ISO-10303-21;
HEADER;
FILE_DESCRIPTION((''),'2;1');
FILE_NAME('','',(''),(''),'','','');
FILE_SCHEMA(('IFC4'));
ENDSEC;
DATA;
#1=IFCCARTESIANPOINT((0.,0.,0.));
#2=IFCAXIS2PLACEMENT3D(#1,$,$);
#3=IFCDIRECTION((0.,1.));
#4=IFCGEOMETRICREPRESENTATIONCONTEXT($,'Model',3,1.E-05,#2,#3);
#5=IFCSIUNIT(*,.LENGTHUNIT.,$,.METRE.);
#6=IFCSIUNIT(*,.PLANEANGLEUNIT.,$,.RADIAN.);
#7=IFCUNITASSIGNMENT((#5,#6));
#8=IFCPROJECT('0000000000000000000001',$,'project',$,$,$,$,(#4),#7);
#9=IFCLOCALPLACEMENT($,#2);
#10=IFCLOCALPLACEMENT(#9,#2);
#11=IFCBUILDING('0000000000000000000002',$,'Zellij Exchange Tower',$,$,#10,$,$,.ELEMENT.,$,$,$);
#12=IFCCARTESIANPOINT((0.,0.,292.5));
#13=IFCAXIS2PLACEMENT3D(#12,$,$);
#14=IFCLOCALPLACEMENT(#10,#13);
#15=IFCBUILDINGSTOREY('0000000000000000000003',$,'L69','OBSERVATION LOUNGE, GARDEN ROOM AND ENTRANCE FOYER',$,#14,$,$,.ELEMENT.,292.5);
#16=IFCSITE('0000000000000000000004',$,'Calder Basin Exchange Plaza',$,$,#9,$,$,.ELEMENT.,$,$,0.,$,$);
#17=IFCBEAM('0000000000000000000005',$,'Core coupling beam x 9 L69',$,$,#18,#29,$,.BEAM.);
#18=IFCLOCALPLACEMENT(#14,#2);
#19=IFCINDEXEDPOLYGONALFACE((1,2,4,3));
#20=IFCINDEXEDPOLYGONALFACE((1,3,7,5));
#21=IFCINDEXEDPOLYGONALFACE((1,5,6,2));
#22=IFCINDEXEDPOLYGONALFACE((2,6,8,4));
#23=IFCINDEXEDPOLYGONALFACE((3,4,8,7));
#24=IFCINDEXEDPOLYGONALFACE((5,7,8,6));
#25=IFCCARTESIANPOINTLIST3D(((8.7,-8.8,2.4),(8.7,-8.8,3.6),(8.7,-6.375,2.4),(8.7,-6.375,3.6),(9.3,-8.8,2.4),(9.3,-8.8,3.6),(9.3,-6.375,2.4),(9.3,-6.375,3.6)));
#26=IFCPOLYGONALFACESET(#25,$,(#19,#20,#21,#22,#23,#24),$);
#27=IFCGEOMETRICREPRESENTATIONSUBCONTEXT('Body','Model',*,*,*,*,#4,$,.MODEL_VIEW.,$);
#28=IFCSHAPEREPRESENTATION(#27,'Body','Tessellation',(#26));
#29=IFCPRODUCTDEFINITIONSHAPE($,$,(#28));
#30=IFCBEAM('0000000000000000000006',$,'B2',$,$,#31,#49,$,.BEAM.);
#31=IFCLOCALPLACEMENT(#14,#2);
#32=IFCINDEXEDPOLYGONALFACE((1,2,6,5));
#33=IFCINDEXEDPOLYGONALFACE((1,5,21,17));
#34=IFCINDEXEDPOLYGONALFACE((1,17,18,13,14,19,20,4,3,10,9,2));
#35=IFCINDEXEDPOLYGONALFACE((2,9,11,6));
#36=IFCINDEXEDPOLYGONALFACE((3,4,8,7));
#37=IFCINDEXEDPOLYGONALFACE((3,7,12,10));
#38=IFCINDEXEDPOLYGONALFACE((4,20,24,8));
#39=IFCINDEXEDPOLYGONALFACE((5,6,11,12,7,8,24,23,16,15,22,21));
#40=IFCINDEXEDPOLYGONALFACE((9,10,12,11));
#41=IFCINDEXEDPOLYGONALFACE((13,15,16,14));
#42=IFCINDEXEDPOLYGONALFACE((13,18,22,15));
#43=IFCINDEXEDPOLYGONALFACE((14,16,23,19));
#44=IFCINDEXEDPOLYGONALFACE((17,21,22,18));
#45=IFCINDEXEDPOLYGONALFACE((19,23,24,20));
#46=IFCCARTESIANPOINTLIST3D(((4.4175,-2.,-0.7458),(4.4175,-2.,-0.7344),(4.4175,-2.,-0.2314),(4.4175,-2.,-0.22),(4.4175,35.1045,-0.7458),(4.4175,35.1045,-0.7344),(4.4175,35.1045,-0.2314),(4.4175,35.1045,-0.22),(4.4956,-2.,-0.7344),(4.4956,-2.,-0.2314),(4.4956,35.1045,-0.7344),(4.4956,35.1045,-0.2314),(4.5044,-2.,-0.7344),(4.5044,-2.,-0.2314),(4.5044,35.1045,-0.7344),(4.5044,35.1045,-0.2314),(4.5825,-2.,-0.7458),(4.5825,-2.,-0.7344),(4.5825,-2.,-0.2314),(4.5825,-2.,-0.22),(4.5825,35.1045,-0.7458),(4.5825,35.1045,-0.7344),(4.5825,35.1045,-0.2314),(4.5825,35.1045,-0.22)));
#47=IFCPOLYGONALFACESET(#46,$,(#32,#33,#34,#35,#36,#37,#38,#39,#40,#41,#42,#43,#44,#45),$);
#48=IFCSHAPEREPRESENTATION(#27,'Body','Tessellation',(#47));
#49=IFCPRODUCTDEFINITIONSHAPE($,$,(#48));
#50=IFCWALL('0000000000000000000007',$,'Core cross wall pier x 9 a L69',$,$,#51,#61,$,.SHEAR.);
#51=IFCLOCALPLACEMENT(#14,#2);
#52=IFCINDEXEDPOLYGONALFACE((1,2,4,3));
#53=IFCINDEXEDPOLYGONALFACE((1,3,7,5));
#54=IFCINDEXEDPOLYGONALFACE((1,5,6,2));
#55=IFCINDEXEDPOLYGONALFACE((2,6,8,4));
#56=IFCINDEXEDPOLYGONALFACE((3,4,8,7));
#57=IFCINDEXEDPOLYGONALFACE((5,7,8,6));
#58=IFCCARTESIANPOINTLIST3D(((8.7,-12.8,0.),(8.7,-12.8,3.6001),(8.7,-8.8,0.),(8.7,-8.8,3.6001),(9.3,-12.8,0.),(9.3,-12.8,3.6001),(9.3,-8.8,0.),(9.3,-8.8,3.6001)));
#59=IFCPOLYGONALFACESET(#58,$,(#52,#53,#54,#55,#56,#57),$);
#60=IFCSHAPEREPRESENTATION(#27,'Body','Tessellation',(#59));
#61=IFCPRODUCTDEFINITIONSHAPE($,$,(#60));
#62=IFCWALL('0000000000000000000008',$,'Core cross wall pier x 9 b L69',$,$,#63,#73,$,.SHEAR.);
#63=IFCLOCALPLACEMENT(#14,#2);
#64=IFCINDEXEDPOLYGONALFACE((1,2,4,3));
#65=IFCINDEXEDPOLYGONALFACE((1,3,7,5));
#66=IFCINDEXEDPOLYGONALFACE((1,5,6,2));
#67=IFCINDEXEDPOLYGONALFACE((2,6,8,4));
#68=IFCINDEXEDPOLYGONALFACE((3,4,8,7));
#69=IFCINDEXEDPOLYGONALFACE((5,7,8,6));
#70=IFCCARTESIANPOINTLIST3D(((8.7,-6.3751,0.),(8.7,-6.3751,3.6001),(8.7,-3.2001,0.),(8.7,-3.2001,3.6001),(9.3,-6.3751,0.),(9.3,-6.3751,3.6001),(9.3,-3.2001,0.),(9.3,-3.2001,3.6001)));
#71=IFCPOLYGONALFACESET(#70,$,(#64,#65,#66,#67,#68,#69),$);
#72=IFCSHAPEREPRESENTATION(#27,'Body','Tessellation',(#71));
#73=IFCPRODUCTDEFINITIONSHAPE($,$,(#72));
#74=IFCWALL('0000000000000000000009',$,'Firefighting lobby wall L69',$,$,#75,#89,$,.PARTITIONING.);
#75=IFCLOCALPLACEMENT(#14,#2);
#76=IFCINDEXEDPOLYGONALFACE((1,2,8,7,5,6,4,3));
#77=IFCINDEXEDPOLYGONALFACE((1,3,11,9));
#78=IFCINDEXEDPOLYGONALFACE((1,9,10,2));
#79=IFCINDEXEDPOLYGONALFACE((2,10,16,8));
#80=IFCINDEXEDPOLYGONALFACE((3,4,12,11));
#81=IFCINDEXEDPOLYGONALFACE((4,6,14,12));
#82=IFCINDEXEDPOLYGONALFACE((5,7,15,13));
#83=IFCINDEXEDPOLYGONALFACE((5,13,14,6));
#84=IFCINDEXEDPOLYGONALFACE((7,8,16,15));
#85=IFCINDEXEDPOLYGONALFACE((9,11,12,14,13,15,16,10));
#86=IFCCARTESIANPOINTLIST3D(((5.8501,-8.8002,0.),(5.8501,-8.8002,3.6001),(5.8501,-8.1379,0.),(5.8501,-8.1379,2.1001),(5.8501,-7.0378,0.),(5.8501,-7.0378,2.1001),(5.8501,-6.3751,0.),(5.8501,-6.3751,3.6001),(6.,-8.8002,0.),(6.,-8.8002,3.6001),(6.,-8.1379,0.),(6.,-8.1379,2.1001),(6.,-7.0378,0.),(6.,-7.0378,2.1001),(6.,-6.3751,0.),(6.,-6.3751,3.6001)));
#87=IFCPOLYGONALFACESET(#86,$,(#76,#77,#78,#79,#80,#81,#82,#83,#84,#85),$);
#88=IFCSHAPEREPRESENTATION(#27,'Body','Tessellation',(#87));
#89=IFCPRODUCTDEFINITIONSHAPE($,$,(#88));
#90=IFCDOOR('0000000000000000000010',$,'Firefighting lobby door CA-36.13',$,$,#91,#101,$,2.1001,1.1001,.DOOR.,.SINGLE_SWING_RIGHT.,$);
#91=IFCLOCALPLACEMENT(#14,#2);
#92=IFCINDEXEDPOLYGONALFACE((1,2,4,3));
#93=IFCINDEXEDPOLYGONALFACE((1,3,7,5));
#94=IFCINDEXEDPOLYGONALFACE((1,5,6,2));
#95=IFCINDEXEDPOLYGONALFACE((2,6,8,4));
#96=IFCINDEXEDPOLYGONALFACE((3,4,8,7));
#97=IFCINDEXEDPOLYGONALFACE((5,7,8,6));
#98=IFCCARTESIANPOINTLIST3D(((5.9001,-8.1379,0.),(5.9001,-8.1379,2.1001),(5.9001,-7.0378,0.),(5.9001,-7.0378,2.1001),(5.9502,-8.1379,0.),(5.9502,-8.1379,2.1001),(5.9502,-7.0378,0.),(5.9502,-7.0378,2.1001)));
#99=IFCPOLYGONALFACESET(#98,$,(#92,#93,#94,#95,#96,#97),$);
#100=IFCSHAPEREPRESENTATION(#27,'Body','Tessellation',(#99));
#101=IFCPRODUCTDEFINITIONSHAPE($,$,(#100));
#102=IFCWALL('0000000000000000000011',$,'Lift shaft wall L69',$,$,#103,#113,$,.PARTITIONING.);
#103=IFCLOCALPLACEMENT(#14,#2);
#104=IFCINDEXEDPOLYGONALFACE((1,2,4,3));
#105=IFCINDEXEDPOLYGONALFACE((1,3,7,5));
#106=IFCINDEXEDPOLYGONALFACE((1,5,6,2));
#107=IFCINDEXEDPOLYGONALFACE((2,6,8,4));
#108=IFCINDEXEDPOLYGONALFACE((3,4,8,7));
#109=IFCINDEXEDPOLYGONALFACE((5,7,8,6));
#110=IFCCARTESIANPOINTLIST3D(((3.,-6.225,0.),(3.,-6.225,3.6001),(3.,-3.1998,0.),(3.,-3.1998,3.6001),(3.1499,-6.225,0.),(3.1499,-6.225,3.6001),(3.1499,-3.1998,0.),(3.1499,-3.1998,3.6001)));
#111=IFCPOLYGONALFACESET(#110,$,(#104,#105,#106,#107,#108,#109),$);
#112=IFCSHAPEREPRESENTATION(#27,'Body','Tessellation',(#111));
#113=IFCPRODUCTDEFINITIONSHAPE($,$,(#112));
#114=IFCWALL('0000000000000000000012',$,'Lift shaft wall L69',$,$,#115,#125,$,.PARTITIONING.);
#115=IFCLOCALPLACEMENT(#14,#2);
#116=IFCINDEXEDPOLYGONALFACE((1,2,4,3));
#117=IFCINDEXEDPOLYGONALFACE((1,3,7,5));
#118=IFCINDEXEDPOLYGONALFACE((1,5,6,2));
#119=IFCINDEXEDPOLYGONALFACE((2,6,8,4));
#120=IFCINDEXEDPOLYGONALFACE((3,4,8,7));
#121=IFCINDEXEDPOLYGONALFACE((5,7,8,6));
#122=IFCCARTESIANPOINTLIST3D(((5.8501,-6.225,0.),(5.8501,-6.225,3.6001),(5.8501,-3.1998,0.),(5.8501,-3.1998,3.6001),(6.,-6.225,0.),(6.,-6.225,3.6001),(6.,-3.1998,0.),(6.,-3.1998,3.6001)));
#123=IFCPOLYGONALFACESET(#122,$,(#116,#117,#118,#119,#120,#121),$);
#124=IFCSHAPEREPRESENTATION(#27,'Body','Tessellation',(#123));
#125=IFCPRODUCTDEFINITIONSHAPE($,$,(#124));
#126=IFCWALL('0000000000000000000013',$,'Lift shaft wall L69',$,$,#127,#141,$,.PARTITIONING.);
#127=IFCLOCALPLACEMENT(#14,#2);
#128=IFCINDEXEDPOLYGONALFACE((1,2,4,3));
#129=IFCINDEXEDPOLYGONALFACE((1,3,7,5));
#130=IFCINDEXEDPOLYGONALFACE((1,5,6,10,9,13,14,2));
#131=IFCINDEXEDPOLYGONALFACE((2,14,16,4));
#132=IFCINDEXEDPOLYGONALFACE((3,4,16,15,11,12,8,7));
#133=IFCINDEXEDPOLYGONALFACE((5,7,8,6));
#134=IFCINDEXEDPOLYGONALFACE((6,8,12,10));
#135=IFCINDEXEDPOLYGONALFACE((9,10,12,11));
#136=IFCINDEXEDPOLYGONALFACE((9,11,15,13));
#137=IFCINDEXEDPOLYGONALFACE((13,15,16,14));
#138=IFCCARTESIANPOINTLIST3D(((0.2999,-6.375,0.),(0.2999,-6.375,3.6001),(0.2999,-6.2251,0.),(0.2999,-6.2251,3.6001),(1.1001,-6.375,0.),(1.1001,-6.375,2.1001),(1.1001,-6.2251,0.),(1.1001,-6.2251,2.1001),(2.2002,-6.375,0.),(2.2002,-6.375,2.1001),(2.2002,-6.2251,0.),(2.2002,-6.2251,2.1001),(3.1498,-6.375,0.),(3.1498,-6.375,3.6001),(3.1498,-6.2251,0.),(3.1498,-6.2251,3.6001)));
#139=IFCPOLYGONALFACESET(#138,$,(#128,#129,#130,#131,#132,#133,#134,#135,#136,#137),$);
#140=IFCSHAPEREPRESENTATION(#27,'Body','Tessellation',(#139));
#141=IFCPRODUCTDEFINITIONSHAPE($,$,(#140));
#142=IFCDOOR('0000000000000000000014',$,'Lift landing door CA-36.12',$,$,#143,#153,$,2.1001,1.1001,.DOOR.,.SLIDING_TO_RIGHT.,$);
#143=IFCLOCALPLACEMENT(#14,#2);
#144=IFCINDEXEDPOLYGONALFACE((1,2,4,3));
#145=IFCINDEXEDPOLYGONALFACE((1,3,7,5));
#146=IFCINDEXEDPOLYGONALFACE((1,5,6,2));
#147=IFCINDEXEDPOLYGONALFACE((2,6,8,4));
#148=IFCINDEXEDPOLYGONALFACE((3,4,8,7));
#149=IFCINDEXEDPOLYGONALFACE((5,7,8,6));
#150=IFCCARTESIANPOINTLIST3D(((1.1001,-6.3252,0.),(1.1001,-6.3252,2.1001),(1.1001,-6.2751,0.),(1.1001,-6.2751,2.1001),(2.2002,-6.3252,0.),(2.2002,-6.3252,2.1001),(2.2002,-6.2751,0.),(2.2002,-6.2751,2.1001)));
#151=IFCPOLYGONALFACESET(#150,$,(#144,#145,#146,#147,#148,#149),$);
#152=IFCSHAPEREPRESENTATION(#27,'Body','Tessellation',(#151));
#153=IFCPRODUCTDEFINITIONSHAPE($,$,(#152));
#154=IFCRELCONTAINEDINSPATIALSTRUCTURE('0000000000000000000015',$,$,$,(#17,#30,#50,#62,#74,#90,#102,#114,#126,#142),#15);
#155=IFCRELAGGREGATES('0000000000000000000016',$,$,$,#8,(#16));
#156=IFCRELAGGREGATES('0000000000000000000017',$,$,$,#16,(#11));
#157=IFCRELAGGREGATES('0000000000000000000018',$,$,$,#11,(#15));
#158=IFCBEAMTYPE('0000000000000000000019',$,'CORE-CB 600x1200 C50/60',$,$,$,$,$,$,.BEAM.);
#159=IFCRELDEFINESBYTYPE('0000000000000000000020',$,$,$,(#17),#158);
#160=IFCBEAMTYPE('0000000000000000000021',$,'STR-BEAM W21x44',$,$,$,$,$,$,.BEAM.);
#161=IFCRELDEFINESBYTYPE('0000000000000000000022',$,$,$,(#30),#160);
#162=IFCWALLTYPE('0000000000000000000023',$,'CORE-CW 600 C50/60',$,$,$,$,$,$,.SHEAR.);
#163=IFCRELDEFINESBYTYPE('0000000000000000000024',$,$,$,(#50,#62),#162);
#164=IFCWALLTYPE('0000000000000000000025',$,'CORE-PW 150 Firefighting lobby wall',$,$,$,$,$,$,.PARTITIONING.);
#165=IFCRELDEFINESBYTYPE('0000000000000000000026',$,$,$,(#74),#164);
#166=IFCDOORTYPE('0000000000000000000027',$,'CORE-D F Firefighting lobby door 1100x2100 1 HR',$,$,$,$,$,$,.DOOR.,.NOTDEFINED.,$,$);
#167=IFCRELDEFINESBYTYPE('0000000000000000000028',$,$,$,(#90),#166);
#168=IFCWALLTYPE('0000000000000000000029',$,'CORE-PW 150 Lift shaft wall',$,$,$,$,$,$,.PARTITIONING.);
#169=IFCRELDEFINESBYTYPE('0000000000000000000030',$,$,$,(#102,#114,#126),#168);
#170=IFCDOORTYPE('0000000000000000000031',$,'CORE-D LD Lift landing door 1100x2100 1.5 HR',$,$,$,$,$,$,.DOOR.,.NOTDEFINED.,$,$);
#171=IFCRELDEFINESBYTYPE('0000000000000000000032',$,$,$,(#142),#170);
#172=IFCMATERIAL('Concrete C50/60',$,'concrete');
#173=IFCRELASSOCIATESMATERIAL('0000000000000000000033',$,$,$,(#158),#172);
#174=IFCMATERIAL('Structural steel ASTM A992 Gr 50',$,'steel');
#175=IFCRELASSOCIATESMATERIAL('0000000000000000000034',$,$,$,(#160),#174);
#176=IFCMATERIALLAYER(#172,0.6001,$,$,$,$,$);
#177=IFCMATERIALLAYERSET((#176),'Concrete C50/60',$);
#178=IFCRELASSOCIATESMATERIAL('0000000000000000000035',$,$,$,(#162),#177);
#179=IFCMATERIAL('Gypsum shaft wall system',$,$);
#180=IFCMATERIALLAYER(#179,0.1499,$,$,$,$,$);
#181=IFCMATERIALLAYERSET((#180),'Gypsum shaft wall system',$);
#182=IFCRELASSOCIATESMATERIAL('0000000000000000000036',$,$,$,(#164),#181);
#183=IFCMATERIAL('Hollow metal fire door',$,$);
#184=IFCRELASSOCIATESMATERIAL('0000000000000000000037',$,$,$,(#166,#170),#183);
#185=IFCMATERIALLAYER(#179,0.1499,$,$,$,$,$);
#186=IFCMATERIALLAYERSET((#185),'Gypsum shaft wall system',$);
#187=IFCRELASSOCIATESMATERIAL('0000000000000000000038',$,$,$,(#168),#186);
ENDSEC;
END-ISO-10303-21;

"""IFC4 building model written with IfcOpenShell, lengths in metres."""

from ifc_helpers import new_model, si_unit, direction, frame, frame_2d, origin, origin_2d, place, context, subcontext, project, spatial, rectangle, i_section, extrude, material, layer, layer_set, material_profile, profile_set, type_object, element, fill, save


model = new_model("IFC4")

# Units and contexts
model_context = context("Model", 3, precision=1e-05, world=origin(), true_north=direction((0.0, 1.0)))
body_context = subcontext(model_context, "Body", "Model", "MODEL_VIEW")
ifc_project = project(units=[si_unit("LENGTHUNIT", "METRE"), si_unit("PLANEANGLEUNIT", "RADIAN")], contexts=[model_context])

# Site, building, storey
site_placement = place(None, origin())
site = spatial("IfcSite", under=ifc_project, at=site_placement, Name="Calder Basin Exchange Plaza", CompositionType="ELEMENT", RefElevation=0.0)
building_placement = place(site_placement, origin())
building = spatial("IfcBuilding", under=site, at=building_placement, Name="Zellij Exchange Tower", CompositionType="ELEMENT")
storey_placement = place(building_placement, frame((0.0, 0.0, 292.5)))
storey = spatial("IfcBuildingStorey", under=building, at=storey_placement, Name="L69", Description="OBSERVATION LOUNGE, GARDEN ROOM AND ENTRANCE FOYER", CompositionType="ELEMENT", Elevation=292.5)

# Beams
ifc_material_1 = material(Name="Concrete C50/60", Category="concrete")
ifc_material_profile_1 = material_profile(ifc_material_1, rectangle(XDim=0.6001, YDim=1.2, at=origin_2d()), Name="CORE-CB 600x1200 C50/60")
ifc_profile_set_1 = profile_set([ifc_material_profile_1], Name="Concrete C50/60")
beam_type_1 = type_object("IfcBeamType", Name="CORE-CB 600x1200 C50/60", PredefinedType="BEAM", material=ifc_profile_set_1)
beam_1_placement = place(storey_placement, frame((9.0, -8.8, 3.0), z_axis=(0.0, 1.0, 0.0), x_axis=(-1.0, 0.0, 0.0)))
element("IfcBeam", 1, at=beam_1_placement, inside=storey, type_object=beam_type_1, Name="Core coupling beam x 9 L69", PredefinedType="BEAM", context=body_context, shape_type="SweptSolid", body=[
    extrude(rectangle(XDim=0.6001, YDim=1.2, at=origin_2d()), origin(), (0.0, 0.0, 1.0), 2.425),
])
ifc_material_2 = material(Name="Structural steel ASTM A992 Gr 50", Category="steel")
ifc_material_profile_2 = material_profile(ifc_material_2, i_section(OverallWidth=0.165, OverallDepth=0.5259, WebThickness=0.0088, FlangeThickness=0.0115, at=origin_2d()), Name="W21x44")
ifc_profile_set_2 = profile_set([ifc_material_profile_2], Name="Structural steel ASTM A992 Gr 50")
beam_type_2 = type_object("IfcBeamType", Name="STR-BEAM W21x44", PredefinedType="BEAM", material=ifc_profile_set_2)
beam_2_placement = place(storey_placement, frame((4.5, -2.0, -0.4829), z_axis=(0.0, 1.0, 0.0), x_axis=(-1.0, 0.0, 0.0)))
element("IfcBeam", 2, at=beam_2_placement, inside=storey, type_object=beam_type_2, Name="B2", PredefinedType="BEAM", context=body_context, shape_type="SweptSolid", body=[
    extrude(i_section(OverallWidth=0.165, OverallDepth=0.5259, WebThickness=0.0088, FlangeThickness=0.0115, at=origin_2d()), origin(), (0.0, 0.0, 1.0), 37.1045),
])

# Walls
ifc_layer_1 = layer(ifc_material_1, 0.6001)
ifc_layer_set_1 = layer_set([ifc_layer_1], Name="Concrete C50/60")
wall_type_1 = type_object("IfcWallType", Name="CORE-CW 600 C50/60", PredefinedType="SHEAR", material=ifc_layer_set_1)
wall_1_placement = place(storey_placement, frame((9.0, -12.8, 0.0), z_axis=(0.0, 0.0, 1.0), x_axis=(0.0, 1.0, 0.0)))
element("IfcWall", 3, at=wall_1_placement, inside=storey, type_object=wall_type_1, Name="Core cross wall pier x 9 a L69", PredefinedType="SHEAR", context=body_context, shape_type="SweptSolid", body=[
    extrude(rectangle(XDim=4.0, YDim=0.6001, at=frame_2d((2.0, 0.0))), origin(), (0.0, 0.0, 1.0), 3.6001),
])
wall_2_placement = place(storey_placement, frame((9.0, -6.375, 0.0), z_axis=(0.0, 0.0, 1.0), x_axis=(0.0, 1.0, 0.0)))
element("IfcWall", 4, at=wall_2_placement, inside=storey, type_object=wall_type_1, Name="Core cross wall pier x 9 b L69", PredefinedType="SHEAR", context=body_context, shape_type="SweptSolid", body=[
    extrude(rectangle(XDim=3.175, YDim=0.6001, at=frame_2d((1.5874, 0.0))), origin(), (0.0, 0.0, 1.0), 3.6001),
])

# Wall, opening, door
ifc_material_3 = material(Name="Gypsum shaft wall system")
ifc_layer_2 = layer(ifc_material_3, 0.1499)
ifc_layer_set_2 = layer_set([ifc_layer_2], Name="Gypsum shaft wall system")
wall_type_2 = type_object("IfcWallType", Name="CORE-PW 150 Firefighting lobby wall", PredefinedType="PARTITIONING", material=ifc_layer_set_2)
wall_3_placement = place(storey_placement, frame((5.925, -8.8, 0.0), z_axis=(0.0, 0.0, 1.0), x_axis=(0.0, 1.0, 0.0)))
wall_3 = element("IfcWall", 5, at=wall_3_placement, inside=storey, type_object=wall_type_2, Name="Firefighting lobby wall L69", PredefinedType="PARTITIONING", context=body_context, shape_type="SweptSolid", body=[
    extrude(rectangle(XDim=2.425, YDim=0.1499, at=frame_2d((1.2124, 0.0))), origin(), (0.0, 0.0, 1.0), 3.6001),
])
opening_1_placement = place(wall_3_placement, frame((0.6621, 0.0, 0.0)))
opening_1 = element("IfcOpeningElement", 6, at=opening_1_placement, cuts=wall_3, PredefinedType="OPENING", context=body_context, shape_type="SweptSolid", body=[
    extrude(rectangle(XDim=1.1001, YDim=2.1001, at=frame_2d((0.55, 1.05))), frame((0.0, 0.0869, 0.0), z_axis=(0.0, -1.0, 0.0), x_axis=(1.0, 0.0, 0.0)), (0.0, 0.0, 1.0), 0.1738),
])
ifc_material_4 = material(Name="Hollow metal fire door")
door_type_1 = type_object("IfcDoorType", Name="CORE-D F Firefighting lobby door 1100x2100 1 HR", OperationType="NOTDEFINED", PredefinedType="DOOR", material=ifc_material_4)
door_1_placement = place(opening_1_placement, origin())
door_1 = element("IfcDoor", 7, at=door_1_placement, inside=storey, type_object=door_type_1, Name="Firefighting lobby door CA-36.13", OperationType="SINGLE_SWING_RIGHT", OverallHeight=2.1001, OverallWidth=1.1001, PredefinedType="DOOR", context=body_context, shape_type="SweptSolid", body=[
    extrude(rectangle(XDim=1.1001, YDim=2.1001, at=frame_2d((0.55, 1.05))), frame((0.0, 0.0249, 0.0), z_axis=(0.0, -1.0, 0.0), x_axis=(1.0, 0.0, 0.0)), (0.0, 0.0, 1.0), 0.05),
])
fill(opening_1, door_1)

# Walls
ifc_layer_3 = layer(ifc_material_3, 0.1499)
ifc_layer_set_3 = layer_set([ifc_layer_3], Name="Gypsum shaft wall system")
wall_type_3 = type_object("IfcWallType", Name="CORE-PW 150 Lift shaft wall", PredefinedType="PARTITIONING", material=ifc_layer_set_3)
for number, where, z_axis, x_axis, name in (
    (8, (3.075, -6.2251, 0.0), (0.0, 0.0, 1.0), (0.0, 1.0, 0.0), "Lift shaft wall L69"),
    (9, (5.925, -6.2251, 0.0), (0.0, 0.0, 1.0), (0.0, 1.0, 0.0), "Lift shaft wall L69"),
):
    element("IfcWall", number, at=place(storey_placement, frame(where, z_axis=z_axis, x_axis=x_axis)), inside=storey, type_object=wall_type_3, Name=name, PredefinedType="PARTITIONING", context=body_context, shape_type="SweptSolid", body=[
        extrude(rectangle(XDim=3.0251, YDim=0.1499, at=frame_2d((1.5127, 0.0))), origin(), (0.0, 0.0, 1.0), 3.6001),
    ])

# Wall, opening, door
wall_4_placement = place(storey_placement, frame((0.3, -6.3, 0.0), z_axis=(0.0, 0.0, 1.0), x_axis=(1.0, 0.0, 0.0)))
wall_4 = element("IfcWall", 10, at=wall_4_placement, inside=storey, type_object=wall_type_3, Name="Lift shaft wall L69", PredefinedType="PARTITIONING", context=body_context, shape_type="SweptSolid", body=[
    extrude(rectangle(XDim=2.8499, YDim=0.1499, at=frame_2d((1.4248, 0.0))), origin(), (0.0, 0.0, 1.0), 3.6001),
])
opening_2_placement = place(wall_4_placement, frame((0.8, 0.0, 0.0)))
opening_2 = element("IfcOpeningElement", 11, at=opening_2_placement, cuts=wall_4, PredefinedType="OPENING", context=body_context, shape_type="SweptSolid", body=[
    extrude(rectangle(XDim=1.1001, YDim=2.1001, at=frame_2d((0.55, 1.05))), frame((0.0, 0.0869, 0.0), z_axis=(0.0, -1.0, 0.0), x_axis=(1.0, 0.0, 0.0)), (0.0, 0.0, 1.0), 0.1738),
])
door_type_2 = type_object("IfcDoorType", Name="CORE-D LD Lift landing door 1100x2100 1.5 HR", OperationType="NOTDEFINED", PredefinedType="DOOR", material=ifc_material_4)
door_2_placement = place(opening_2_placement, origin())
door_2 = element("IfcDoor", 12, at=door_2_placement, inside=storey, type_object=door_type_2, Name="Lift landing door CA-36.12", OperationType="SLIDING_TO_RIGHT", OverallHeight=2.1001, OverallWidth=1.1001, PredefinedType="DOOR", context=body_context, shape_type="SweptSolid", body=[
    extrude(rectangle(XDim=1.1001, YDim=2.1001, at=frame_2d((0.55, 1.05))), frame((0.0, 0.0249, 0.0), z_axis=(0.0, -1.0, 0.0), x_axis=(1.0, 0.0, 0.0)), (0.0, 0.0, 1.0), 0.05),
])
fill(opening_2, door_2)

save(model, "model.ifc")
